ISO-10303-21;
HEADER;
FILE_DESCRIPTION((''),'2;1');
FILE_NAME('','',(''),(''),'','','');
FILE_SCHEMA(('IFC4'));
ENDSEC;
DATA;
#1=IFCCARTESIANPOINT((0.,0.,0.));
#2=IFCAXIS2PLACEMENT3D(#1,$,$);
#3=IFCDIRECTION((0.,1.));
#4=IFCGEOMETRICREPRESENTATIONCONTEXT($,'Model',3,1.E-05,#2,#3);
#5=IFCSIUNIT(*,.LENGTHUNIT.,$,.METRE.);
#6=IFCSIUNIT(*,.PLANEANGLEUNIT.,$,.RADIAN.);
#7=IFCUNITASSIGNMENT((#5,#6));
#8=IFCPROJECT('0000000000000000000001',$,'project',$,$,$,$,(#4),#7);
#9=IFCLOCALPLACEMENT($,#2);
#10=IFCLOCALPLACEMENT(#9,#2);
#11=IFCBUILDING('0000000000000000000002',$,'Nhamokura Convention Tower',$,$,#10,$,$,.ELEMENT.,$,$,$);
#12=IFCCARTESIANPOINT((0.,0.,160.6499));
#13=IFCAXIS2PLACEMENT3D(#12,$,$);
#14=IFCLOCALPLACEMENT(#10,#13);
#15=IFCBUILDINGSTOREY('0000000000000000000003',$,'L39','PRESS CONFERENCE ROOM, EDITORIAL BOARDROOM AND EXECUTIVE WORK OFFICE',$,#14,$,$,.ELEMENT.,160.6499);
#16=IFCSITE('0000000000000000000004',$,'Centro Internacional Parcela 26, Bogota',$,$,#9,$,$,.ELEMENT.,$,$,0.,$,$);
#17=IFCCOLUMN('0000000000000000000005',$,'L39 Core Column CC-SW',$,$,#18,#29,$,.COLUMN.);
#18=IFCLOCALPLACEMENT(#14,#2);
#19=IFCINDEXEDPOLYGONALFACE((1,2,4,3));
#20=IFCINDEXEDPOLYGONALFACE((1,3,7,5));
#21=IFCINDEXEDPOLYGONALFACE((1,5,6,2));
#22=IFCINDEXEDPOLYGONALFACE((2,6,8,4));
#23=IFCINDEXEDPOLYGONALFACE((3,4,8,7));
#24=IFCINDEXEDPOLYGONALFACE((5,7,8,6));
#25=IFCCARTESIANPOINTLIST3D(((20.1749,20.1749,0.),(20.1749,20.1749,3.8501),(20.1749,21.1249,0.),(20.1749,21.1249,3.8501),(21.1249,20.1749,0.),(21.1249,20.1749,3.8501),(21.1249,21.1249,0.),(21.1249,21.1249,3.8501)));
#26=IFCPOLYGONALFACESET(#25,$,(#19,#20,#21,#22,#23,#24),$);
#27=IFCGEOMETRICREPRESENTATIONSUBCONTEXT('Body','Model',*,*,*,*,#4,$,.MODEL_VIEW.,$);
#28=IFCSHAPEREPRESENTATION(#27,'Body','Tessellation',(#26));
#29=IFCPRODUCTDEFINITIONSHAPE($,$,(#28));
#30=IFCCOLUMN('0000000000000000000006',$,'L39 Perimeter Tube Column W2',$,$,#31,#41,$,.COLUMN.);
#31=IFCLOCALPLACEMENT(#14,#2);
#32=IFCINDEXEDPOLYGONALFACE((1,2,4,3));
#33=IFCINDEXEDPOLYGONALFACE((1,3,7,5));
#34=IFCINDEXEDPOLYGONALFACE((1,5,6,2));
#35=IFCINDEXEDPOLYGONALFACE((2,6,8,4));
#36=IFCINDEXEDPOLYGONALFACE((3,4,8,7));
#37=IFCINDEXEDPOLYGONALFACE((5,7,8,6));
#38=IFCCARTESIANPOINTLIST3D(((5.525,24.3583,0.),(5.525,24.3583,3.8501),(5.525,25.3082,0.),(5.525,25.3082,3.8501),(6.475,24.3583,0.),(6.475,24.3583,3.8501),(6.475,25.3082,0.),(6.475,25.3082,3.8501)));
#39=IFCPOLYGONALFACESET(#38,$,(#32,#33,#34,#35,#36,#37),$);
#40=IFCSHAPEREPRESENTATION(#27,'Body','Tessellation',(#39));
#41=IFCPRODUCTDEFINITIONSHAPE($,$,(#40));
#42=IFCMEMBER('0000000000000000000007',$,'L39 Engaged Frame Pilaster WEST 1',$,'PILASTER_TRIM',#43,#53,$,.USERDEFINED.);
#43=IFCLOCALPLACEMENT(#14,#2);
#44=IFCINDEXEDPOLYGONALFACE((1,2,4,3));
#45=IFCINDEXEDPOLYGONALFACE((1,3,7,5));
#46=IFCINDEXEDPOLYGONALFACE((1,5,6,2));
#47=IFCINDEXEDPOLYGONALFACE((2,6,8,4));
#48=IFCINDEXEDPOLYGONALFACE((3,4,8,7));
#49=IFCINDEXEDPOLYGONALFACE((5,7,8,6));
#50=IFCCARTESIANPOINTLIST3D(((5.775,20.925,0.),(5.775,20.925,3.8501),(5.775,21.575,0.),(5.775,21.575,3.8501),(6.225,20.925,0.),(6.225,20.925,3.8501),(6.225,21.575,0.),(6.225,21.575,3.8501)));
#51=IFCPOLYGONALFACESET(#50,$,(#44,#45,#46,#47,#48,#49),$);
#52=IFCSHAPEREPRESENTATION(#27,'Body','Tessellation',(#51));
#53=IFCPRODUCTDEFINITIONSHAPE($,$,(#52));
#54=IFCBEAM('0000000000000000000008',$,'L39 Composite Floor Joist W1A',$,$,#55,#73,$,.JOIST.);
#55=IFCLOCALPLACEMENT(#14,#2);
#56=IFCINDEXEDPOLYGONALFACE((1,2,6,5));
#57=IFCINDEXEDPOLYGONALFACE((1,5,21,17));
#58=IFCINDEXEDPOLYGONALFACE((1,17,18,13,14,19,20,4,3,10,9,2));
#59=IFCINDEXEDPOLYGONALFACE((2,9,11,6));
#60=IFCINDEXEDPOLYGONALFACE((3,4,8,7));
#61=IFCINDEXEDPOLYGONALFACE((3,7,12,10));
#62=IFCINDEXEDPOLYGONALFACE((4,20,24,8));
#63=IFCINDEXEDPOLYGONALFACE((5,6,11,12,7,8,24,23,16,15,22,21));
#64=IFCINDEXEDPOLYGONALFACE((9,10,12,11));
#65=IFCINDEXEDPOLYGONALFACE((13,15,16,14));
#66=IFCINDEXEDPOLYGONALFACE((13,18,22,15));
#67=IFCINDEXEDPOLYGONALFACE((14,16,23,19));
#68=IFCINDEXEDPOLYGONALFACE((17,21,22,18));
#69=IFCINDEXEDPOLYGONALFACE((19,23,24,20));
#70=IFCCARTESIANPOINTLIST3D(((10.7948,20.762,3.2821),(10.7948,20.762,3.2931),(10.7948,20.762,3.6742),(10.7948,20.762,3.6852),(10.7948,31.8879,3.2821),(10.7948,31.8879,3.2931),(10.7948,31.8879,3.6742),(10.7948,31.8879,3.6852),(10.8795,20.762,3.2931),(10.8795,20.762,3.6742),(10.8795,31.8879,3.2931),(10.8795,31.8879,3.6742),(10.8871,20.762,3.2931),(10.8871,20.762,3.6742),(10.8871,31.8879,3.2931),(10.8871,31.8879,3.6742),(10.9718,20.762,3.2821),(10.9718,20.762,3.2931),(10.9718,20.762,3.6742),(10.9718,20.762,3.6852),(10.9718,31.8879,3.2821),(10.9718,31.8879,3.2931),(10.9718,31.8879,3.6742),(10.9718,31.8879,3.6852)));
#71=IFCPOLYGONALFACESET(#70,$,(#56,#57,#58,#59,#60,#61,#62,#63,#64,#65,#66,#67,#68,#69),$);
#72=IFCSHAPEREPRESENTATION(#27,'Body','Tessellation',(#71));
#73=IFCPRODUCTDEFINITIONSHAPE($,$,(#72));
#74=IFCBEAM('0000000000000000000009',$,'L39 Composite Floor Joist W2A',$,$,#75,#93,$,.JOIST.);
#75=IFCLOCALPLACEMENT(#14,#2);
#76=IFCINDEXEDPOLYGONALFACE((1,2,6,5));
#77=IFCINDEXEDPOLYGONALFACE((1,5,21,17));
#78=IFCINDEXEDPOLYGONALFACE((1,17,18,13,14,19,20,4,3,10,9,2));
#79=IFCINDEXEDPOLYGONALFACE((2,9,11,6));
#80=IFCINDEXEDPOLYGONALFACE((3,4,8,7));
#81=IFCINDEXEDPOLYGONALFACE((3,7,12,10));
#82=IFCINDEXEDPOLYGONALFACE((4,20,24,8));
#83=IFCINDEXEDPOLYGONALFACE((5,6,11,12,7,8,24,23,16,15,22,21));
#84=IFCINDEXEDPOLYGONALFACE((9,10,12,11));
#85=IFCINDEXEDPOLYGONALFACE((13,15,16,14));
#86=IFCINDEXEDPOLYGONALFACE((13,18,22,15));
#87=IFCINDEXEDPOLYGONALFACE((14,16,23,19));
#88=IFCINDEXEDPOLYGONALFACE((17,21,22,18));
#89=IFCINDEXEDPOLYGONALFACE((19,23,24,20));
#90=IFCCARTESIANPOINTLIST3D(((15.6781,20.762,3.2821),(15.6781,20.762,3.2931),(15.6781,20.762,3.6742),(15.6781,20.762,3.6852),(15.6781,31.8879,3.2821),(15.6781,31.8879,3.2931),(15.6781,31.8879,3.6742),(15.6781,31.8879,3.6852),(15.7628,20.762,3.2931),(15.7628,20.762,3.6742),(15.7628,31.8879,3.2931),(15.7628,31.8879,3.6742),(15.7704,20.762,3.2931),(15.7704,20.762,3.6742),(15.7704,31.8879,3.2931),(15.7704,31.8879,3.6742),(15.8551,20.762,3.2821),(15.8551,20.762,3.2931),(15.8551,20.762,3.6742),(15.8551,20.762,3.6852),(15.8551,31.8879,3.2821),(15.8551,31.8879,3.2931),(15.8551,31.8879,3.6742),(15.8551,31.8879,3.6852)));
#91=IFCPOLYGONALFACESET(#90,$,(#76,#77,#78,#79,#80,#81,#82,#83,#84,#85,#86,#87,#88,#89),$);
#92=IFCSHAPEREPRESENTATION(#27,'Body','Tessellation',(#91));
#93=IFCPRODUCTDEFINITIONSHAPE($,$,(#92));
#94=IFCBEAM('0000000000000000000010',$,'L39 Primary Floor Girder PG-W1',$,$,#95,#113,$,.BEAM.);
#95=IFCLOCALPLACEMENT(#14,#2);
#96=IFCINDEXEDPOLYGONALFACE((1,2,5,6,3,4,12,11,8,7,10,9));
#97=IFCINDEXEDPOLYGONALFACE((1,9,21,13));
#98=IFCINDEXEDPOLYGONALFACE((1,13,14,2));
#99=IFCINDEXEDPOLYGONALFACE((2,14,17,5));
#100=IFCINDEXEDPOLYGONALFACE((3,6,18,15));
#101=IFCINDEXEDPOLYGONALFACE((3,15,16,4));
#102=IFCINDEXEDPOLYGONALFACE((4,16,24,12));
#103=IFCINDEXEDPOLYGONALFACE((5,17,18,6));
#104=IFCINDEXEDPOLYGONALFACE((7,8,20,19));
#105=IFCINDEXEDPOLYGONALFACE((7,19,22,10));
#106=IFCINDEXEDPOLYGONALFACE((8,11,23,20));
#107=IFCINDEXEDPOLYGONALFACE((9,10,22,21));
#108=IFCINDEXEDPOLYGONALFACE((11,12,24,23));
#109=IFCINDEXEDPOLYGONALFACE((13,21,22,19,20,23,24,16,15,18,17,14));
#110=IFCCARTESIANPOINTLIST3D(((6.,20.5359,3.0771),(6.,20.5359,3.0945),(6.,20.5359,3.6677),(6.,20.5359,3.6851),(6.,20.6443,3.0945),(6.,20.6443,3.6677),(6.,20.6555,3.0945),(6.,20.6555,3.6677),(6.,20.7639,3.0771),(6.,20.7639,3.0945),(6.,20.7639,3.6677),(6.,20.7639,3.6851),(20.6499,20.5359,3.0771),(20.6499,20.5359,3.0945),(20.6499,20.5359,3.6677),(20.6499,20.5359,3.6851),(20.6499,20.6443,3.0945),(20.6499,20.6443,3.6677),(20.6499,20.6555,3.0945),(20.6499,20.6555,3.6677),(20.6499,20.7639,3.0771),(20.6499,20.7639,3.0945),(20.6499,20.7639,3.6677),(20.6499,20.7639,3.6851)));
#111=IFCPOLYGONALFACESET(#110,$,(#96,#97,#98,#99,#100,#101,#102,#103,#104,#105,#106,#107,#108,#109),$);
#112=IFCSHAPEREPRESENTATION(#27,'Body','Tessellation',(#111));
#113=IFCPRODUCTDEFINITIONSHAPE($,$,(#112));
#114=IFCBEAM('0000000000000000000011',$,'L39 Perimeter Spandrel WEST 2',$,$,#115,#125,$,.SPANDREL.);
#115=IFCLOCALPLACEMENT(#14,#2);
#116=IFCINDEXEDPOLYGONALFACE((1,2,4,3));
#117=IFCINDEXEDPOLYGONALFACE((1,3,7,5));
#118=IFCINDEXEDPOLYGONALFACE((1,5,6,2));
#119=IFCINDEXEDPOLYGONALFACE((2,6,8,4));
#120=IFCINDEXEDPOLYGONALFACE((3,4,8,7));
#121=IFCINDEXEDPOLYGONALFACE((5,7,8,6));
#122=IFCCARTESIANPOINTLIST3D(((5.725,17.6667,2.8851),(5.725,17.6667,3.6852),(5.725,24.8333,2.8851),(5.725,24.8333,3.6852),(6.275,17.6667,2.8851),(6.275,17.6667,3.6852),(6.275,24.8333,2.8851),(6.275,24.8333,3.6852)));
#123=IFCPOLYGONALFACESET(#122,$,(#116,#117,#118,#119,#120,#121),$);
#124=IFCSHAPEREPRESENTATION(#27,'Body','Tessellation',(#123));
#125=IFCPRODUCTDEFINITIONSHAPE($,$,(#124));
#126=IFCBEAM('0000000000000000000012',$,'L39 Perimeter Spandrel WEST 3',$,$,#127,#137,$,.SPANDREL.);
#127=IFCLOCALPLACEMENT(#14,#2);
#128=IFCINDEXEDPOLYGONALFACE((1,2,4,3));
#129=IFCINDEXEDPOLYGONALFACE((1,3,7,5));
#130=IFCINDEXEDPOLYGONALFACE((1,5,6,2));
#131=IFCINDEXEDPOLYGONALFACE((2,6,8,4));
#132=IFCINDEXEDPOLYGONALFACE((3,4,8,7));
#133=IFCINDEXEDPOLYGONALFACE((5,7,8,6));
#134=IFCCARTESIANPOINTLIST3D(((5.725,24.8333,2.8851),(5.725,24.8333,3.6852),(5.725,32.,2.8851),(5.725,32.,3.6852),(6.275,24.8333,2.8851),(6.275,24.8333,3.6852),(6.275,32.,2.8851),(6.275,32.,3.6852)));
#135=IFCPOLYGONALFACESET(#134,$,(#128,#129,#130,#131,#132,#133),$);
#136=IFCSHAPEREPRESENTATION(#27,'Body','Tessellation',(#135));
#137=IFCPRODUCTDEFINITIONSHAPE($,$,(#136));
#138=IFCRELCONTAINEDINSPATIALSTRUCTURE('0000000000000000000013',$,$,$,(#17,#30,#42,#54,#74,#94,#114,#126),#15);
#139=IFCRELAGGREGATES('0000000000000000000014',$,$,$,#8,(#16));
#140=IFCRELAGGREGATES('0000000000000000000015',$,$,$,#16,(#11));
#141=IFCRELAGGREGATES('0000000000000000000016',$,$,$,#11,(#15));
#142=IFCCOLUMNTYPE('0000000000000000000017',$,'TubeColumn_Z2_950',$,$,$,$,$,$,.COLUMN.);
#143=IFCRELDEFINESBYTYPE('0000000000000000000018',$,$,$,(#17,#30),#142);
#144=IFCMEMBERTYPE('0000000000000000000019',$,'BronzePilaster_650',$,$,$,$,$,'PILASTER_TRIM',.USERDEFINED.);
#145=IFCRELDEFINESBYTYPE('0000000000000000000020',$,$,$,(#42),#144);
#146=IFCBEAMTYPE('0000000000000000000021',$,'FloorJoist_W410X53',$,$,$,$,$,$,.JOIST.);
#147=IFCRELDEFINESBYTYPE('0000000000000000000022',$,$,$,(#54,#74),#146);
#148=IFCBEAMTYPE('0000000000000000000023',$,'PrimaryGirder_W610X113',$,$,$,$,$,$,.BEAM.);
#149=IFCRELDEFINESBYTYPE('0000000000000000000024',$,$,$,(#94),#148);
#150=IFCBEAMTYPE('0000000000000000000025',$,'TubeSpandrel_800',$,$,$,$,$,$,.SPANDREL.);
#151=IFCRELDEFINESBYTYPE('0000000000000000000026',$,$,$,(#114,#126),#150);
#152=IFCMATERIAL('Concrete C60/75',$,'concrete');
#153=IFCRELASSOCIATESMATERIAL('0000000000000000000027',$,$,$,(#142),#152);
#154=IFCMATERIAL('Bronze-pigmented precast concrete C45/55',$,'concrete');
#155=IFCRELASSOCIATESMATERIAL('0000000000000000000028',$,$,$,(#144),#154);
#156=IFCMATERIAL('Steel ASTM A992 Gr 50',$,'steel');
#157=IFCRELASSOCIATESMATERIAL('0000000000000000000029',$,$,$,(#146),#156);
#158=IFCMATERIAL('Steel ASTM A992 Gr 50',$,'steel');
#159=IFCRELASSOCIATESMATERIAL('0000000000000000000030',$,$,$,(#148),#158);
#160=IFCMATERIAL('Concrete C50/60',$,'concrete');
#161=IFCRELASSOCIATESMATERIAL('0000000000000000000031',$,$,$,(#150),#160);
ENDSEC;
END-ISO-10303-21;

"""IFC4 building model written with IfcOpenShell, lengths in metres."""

from ifc_helpers import new_model, si_unit, direction, frame, origin, origin_2d, place, context, subcontext, project, spatial, rectangle, i_section, extrude, material, material_profile, profile_set, type_object, element, save


model = new_model("IFC4")

# Units and contexts
model_context = context("Model", 3, precision=1e-05, world=origin(), true_north=direction((0.0, 1.0)))
body_context = subcontext(model_context, "Body", "Model", "MODEL_VIEW")
ifc_project = project(units=[si_unit("LENGTHUNIT", "METRE"), si_unit("PLANEANGLEUNIT", "RADIAN")], contexts=[model_context])

# Site, building, storey
site_placement = place(None, origin())
site = spatial("IfcSite", under=ifc_project, at=site_placement, Name="Centro Internacional Parcela 26, Bogota", CompositionType="ELEMENT", RefElevation=0.0)
building_placement = place(site_placement, origin())
building = spatial("IfcBuilding", under=site, at=building_placement, Name="Nhamokura Convention Tower", CompositionType="ELEMENT")
storey_placement = place(building_placement, frame((0.0, 0.0, 160.6499)))
storey = spatial("IfcBuildingStorey", under=building, at=storey_placement, Name="L39", Description="PRESS CONFERENCE ROOM, EDITORIAL BOARDROOM AND EXECUTIVE WORK OFFICE", CompositionType="ELEMENT", Elevation=160.6499)

# Columns
ifc_material_1 = material(Name="Concrete C60/75", Category="concrete")
ifc_material_profile_1 = material_profile(ifc_material_1, rectangle(XDim=0.95, YDim=0.95, at=origin_2d()))
ifc_profile_set_1 = profile_set([ifc_material_profile_1], Name="Concrete C60/75")
column_type = type_object("IfcColumnType", Name="TubeColumn_Z2_950", PredefinedType="COLUMN", material=ifc_profile_set_1)
for number, where, z_axis, x_axis, name in (
    (1, (20.6499, 20.6499, 0.0), (0.0, 0.0, 1.0), (1.0, 0.0, 0.0), "L39 Core Column CC-SW"),
    (2, (6.0, 24.8333, 0.0), (0.0, 0.0, 1.0), (1.0, 0.0, 0.0), "L39 Perimeter Tube Column W2"),
):
    element("IfcColumn", number, at=place(storey_placement, frame(where, z_axis=z_axis, x_axis=x_axis)), inside=storey, type_object=column_type, Name=name, PredefinedType="COLUMN", context=body_context, shape_type="SweptSolid", body=[
        extrude(rectangle(XDim=0.95, YDim=0.95, at=origin_2d()), origin(), (0.0, 0.0, 1.0), 3.8501),
    ])

# Member
ifc_material_2 = material(Name="Bronze-pigmented precast concrete C45/55", Category="concrete")
ifc_material_profile_2 = material_profile(ifc_material_2, rectangle(XDim=0.45, YDim=0.6499, at=origin_2d()))
ifc_profile_set_2 = profile_set([ifc_material_profile_2], Name="Bronze-pigmented precast concrete C45/55")
member_type = type_object("IfcMemberType", Name="BronzePilaster_650", ElementType="PILASTER_TRIM", PredefinedType="USERDEFINED", material=ifc_profile_set_2)
member_placement = place(storey_placement, frame((6.0, 21.25, 0.0), z_axis=(0.0, 0.0, 1.0), x_axis=(1.0, 0.0, 0.0)))
element("IfcMember", 3, at=member_placement, inside=storey, type_object=member_type, Name="L39 Engaged Frame Pilaster WEST 1", ObjectType="PILASTER_TRIM", PredefinedType="USERDEFINED", context=body_context, shape_type="SweptSolid", body=[
    extrude(rectangle(XDim=0.45, YDim=0.6499, at=origin_2d()), origin(), (0.0, 0.0, 1.0), 3.8501),
])

# Beams
ifc_material_3 = material(Name="Steel ASTM A992 Gr 50", Category="steel")
ifc_material_profile_3 = material_profile(ifc_material_3, i_section(OverallWidth=0.177, OverallDepth=0.4031, WebThickness=0.0076, FlangeThickness=0.011, at=origin_2d()))
ifc_profile_set_3 = profile_set([ifc_material_profile_3], Name="Steel ASTM A992 Gr 50")
beam_type_1 = type_object("IfcBeamType", Name="FloorJoist_W410X53", PredefinedType="JOIST", material=ifc_profile_set_3)
for number, where, z_axis, x_axis, name in (
    (4, (10.8833, 20.762, 3.4836), (0.0, 1.0, 0.0), (-1.0, 0.0, 0.0), "L39 Composite Floor Joist W1A"),
    (5, (15.7666, 20.762, 3.4836), (0.0, 1.0, 0.0), (-1.0, 0.0, 0.0), "L39 Composite Floor Joist W2A"),
):
    element("IfcBeam", number, at=place(storey_placement, frame(where, z_axis=z_axis, x_axis=x_axis)), inside=storey, type_object=beam_type_1, Name=name, PredefinedType="JOIST", context=body_context, shape_type="SweptSolid", body=[
        extrude(i_section(OverallWidth=0.177, OverallDepth=0.4031, WebThickness=0.0076, FlangeThickness=0.011, at=origin_2d()), origin(), (0.0, 0.0, 1.0), 11.126),
    ])
ifc_material_4 = material(Name="Steel ASTM A992 Gr 50", Category="steel")
ifc_material_profile_4 = material_profile(ifc_material_4, i_section(OverallWidth=0.228, OverallDepth=0.6079, WebThickness=0.0112, FlangeThickness=0.0173, at=origin_2d()))
ifc_profile_set_4 = profile_set([ifc_material_profile_4], Name="Steel ASTM A992 Gr 50")
beam_type_2 = type_object("IfcBeamType", Name="PrimaryGirder_W610X113", PredefinedType="BEAM", material=ifc_profile_set_4)
beam_1_placement = place(storey_placement, frame((6.0, 20.6499, 3.3811), z_axis=(1.0, 0.0, 0.0), x_axis=(0.0, 1.0, 0.0)))
element("IfcBeam", 6, at=beam_1_placement, inside=storey, type_object=beam_type_2, Name="L39 Primary Floor Girder PG-W1", PredefinedType="BEAM", context=body_context, shape_type="SweptSolid", body=[
    extrude(i_section(OverallWidth=0.228, OverallDepth=0.6079, WebThickness=0.0112, FlangeThickness=0.0173, at=origin_2d()), origin(), (0.0, 0.0, 1.0), 14.6499),
])
ifc_material_5 = material(Name="Concrete C50/60", Category="concrete")
ifc_material_profile_5 = material_profile(ifc_material_5, rectangle(XDim=0.55, YDim=0.8, at=origin_2d()))
ifc_profile_set_5 = profile_set([ifc_material_profile_5], Name="Concrete C50/60")
beam_type_3 = type_object("IfcBeamType", Name="TubeSpandrel_800", PredefinedType="SPANDREL", material=ifc_profile_set_5)
beam_2_placement = place(storey_placement, frame((6.0, 17.6667, 3.2852), z_axis=(0.0, 1.0, 0.0), x_axis=(-1.0, 0.0, 0.0)))
element("IfcBeam", 7, at=beam_2_placement, inside=storey, type_object=beam_type_3, Name="L39 Perimeter Spandrel WEST 2", PredefinedType="SPANDREL", context=body_context, shape_type="SweptSolid", body=[
    extrude(rectangle(XDim=0.55, YDim=0.8, at=origin_2d()), origin(), (0.0, 0.0, 1.0), 7.1665),
])
beam_3_placement = place(storey_placement, frame((6.0, 24.8333, 3.2852), z_axis=(0.0, 1.0, 0.0), x_axis=(-1.0, 0.0, 0.0)))
element("IfcBeam", 8, at=beam_3_placement, inside=storey, type_object=beam_type_3, Name="L39 Perimeter Spandrel WEST 3", PredefinedType="SPANDREL", context=body_context, shape_type="SweptSolid", body=[
    extrude(rectangle(XDim=0.55, YDim=0.8, at=origin_2d()), origin(), (0.0, 0.0, 1.0), 7.1667),
])

save(model, "model.ifc")
